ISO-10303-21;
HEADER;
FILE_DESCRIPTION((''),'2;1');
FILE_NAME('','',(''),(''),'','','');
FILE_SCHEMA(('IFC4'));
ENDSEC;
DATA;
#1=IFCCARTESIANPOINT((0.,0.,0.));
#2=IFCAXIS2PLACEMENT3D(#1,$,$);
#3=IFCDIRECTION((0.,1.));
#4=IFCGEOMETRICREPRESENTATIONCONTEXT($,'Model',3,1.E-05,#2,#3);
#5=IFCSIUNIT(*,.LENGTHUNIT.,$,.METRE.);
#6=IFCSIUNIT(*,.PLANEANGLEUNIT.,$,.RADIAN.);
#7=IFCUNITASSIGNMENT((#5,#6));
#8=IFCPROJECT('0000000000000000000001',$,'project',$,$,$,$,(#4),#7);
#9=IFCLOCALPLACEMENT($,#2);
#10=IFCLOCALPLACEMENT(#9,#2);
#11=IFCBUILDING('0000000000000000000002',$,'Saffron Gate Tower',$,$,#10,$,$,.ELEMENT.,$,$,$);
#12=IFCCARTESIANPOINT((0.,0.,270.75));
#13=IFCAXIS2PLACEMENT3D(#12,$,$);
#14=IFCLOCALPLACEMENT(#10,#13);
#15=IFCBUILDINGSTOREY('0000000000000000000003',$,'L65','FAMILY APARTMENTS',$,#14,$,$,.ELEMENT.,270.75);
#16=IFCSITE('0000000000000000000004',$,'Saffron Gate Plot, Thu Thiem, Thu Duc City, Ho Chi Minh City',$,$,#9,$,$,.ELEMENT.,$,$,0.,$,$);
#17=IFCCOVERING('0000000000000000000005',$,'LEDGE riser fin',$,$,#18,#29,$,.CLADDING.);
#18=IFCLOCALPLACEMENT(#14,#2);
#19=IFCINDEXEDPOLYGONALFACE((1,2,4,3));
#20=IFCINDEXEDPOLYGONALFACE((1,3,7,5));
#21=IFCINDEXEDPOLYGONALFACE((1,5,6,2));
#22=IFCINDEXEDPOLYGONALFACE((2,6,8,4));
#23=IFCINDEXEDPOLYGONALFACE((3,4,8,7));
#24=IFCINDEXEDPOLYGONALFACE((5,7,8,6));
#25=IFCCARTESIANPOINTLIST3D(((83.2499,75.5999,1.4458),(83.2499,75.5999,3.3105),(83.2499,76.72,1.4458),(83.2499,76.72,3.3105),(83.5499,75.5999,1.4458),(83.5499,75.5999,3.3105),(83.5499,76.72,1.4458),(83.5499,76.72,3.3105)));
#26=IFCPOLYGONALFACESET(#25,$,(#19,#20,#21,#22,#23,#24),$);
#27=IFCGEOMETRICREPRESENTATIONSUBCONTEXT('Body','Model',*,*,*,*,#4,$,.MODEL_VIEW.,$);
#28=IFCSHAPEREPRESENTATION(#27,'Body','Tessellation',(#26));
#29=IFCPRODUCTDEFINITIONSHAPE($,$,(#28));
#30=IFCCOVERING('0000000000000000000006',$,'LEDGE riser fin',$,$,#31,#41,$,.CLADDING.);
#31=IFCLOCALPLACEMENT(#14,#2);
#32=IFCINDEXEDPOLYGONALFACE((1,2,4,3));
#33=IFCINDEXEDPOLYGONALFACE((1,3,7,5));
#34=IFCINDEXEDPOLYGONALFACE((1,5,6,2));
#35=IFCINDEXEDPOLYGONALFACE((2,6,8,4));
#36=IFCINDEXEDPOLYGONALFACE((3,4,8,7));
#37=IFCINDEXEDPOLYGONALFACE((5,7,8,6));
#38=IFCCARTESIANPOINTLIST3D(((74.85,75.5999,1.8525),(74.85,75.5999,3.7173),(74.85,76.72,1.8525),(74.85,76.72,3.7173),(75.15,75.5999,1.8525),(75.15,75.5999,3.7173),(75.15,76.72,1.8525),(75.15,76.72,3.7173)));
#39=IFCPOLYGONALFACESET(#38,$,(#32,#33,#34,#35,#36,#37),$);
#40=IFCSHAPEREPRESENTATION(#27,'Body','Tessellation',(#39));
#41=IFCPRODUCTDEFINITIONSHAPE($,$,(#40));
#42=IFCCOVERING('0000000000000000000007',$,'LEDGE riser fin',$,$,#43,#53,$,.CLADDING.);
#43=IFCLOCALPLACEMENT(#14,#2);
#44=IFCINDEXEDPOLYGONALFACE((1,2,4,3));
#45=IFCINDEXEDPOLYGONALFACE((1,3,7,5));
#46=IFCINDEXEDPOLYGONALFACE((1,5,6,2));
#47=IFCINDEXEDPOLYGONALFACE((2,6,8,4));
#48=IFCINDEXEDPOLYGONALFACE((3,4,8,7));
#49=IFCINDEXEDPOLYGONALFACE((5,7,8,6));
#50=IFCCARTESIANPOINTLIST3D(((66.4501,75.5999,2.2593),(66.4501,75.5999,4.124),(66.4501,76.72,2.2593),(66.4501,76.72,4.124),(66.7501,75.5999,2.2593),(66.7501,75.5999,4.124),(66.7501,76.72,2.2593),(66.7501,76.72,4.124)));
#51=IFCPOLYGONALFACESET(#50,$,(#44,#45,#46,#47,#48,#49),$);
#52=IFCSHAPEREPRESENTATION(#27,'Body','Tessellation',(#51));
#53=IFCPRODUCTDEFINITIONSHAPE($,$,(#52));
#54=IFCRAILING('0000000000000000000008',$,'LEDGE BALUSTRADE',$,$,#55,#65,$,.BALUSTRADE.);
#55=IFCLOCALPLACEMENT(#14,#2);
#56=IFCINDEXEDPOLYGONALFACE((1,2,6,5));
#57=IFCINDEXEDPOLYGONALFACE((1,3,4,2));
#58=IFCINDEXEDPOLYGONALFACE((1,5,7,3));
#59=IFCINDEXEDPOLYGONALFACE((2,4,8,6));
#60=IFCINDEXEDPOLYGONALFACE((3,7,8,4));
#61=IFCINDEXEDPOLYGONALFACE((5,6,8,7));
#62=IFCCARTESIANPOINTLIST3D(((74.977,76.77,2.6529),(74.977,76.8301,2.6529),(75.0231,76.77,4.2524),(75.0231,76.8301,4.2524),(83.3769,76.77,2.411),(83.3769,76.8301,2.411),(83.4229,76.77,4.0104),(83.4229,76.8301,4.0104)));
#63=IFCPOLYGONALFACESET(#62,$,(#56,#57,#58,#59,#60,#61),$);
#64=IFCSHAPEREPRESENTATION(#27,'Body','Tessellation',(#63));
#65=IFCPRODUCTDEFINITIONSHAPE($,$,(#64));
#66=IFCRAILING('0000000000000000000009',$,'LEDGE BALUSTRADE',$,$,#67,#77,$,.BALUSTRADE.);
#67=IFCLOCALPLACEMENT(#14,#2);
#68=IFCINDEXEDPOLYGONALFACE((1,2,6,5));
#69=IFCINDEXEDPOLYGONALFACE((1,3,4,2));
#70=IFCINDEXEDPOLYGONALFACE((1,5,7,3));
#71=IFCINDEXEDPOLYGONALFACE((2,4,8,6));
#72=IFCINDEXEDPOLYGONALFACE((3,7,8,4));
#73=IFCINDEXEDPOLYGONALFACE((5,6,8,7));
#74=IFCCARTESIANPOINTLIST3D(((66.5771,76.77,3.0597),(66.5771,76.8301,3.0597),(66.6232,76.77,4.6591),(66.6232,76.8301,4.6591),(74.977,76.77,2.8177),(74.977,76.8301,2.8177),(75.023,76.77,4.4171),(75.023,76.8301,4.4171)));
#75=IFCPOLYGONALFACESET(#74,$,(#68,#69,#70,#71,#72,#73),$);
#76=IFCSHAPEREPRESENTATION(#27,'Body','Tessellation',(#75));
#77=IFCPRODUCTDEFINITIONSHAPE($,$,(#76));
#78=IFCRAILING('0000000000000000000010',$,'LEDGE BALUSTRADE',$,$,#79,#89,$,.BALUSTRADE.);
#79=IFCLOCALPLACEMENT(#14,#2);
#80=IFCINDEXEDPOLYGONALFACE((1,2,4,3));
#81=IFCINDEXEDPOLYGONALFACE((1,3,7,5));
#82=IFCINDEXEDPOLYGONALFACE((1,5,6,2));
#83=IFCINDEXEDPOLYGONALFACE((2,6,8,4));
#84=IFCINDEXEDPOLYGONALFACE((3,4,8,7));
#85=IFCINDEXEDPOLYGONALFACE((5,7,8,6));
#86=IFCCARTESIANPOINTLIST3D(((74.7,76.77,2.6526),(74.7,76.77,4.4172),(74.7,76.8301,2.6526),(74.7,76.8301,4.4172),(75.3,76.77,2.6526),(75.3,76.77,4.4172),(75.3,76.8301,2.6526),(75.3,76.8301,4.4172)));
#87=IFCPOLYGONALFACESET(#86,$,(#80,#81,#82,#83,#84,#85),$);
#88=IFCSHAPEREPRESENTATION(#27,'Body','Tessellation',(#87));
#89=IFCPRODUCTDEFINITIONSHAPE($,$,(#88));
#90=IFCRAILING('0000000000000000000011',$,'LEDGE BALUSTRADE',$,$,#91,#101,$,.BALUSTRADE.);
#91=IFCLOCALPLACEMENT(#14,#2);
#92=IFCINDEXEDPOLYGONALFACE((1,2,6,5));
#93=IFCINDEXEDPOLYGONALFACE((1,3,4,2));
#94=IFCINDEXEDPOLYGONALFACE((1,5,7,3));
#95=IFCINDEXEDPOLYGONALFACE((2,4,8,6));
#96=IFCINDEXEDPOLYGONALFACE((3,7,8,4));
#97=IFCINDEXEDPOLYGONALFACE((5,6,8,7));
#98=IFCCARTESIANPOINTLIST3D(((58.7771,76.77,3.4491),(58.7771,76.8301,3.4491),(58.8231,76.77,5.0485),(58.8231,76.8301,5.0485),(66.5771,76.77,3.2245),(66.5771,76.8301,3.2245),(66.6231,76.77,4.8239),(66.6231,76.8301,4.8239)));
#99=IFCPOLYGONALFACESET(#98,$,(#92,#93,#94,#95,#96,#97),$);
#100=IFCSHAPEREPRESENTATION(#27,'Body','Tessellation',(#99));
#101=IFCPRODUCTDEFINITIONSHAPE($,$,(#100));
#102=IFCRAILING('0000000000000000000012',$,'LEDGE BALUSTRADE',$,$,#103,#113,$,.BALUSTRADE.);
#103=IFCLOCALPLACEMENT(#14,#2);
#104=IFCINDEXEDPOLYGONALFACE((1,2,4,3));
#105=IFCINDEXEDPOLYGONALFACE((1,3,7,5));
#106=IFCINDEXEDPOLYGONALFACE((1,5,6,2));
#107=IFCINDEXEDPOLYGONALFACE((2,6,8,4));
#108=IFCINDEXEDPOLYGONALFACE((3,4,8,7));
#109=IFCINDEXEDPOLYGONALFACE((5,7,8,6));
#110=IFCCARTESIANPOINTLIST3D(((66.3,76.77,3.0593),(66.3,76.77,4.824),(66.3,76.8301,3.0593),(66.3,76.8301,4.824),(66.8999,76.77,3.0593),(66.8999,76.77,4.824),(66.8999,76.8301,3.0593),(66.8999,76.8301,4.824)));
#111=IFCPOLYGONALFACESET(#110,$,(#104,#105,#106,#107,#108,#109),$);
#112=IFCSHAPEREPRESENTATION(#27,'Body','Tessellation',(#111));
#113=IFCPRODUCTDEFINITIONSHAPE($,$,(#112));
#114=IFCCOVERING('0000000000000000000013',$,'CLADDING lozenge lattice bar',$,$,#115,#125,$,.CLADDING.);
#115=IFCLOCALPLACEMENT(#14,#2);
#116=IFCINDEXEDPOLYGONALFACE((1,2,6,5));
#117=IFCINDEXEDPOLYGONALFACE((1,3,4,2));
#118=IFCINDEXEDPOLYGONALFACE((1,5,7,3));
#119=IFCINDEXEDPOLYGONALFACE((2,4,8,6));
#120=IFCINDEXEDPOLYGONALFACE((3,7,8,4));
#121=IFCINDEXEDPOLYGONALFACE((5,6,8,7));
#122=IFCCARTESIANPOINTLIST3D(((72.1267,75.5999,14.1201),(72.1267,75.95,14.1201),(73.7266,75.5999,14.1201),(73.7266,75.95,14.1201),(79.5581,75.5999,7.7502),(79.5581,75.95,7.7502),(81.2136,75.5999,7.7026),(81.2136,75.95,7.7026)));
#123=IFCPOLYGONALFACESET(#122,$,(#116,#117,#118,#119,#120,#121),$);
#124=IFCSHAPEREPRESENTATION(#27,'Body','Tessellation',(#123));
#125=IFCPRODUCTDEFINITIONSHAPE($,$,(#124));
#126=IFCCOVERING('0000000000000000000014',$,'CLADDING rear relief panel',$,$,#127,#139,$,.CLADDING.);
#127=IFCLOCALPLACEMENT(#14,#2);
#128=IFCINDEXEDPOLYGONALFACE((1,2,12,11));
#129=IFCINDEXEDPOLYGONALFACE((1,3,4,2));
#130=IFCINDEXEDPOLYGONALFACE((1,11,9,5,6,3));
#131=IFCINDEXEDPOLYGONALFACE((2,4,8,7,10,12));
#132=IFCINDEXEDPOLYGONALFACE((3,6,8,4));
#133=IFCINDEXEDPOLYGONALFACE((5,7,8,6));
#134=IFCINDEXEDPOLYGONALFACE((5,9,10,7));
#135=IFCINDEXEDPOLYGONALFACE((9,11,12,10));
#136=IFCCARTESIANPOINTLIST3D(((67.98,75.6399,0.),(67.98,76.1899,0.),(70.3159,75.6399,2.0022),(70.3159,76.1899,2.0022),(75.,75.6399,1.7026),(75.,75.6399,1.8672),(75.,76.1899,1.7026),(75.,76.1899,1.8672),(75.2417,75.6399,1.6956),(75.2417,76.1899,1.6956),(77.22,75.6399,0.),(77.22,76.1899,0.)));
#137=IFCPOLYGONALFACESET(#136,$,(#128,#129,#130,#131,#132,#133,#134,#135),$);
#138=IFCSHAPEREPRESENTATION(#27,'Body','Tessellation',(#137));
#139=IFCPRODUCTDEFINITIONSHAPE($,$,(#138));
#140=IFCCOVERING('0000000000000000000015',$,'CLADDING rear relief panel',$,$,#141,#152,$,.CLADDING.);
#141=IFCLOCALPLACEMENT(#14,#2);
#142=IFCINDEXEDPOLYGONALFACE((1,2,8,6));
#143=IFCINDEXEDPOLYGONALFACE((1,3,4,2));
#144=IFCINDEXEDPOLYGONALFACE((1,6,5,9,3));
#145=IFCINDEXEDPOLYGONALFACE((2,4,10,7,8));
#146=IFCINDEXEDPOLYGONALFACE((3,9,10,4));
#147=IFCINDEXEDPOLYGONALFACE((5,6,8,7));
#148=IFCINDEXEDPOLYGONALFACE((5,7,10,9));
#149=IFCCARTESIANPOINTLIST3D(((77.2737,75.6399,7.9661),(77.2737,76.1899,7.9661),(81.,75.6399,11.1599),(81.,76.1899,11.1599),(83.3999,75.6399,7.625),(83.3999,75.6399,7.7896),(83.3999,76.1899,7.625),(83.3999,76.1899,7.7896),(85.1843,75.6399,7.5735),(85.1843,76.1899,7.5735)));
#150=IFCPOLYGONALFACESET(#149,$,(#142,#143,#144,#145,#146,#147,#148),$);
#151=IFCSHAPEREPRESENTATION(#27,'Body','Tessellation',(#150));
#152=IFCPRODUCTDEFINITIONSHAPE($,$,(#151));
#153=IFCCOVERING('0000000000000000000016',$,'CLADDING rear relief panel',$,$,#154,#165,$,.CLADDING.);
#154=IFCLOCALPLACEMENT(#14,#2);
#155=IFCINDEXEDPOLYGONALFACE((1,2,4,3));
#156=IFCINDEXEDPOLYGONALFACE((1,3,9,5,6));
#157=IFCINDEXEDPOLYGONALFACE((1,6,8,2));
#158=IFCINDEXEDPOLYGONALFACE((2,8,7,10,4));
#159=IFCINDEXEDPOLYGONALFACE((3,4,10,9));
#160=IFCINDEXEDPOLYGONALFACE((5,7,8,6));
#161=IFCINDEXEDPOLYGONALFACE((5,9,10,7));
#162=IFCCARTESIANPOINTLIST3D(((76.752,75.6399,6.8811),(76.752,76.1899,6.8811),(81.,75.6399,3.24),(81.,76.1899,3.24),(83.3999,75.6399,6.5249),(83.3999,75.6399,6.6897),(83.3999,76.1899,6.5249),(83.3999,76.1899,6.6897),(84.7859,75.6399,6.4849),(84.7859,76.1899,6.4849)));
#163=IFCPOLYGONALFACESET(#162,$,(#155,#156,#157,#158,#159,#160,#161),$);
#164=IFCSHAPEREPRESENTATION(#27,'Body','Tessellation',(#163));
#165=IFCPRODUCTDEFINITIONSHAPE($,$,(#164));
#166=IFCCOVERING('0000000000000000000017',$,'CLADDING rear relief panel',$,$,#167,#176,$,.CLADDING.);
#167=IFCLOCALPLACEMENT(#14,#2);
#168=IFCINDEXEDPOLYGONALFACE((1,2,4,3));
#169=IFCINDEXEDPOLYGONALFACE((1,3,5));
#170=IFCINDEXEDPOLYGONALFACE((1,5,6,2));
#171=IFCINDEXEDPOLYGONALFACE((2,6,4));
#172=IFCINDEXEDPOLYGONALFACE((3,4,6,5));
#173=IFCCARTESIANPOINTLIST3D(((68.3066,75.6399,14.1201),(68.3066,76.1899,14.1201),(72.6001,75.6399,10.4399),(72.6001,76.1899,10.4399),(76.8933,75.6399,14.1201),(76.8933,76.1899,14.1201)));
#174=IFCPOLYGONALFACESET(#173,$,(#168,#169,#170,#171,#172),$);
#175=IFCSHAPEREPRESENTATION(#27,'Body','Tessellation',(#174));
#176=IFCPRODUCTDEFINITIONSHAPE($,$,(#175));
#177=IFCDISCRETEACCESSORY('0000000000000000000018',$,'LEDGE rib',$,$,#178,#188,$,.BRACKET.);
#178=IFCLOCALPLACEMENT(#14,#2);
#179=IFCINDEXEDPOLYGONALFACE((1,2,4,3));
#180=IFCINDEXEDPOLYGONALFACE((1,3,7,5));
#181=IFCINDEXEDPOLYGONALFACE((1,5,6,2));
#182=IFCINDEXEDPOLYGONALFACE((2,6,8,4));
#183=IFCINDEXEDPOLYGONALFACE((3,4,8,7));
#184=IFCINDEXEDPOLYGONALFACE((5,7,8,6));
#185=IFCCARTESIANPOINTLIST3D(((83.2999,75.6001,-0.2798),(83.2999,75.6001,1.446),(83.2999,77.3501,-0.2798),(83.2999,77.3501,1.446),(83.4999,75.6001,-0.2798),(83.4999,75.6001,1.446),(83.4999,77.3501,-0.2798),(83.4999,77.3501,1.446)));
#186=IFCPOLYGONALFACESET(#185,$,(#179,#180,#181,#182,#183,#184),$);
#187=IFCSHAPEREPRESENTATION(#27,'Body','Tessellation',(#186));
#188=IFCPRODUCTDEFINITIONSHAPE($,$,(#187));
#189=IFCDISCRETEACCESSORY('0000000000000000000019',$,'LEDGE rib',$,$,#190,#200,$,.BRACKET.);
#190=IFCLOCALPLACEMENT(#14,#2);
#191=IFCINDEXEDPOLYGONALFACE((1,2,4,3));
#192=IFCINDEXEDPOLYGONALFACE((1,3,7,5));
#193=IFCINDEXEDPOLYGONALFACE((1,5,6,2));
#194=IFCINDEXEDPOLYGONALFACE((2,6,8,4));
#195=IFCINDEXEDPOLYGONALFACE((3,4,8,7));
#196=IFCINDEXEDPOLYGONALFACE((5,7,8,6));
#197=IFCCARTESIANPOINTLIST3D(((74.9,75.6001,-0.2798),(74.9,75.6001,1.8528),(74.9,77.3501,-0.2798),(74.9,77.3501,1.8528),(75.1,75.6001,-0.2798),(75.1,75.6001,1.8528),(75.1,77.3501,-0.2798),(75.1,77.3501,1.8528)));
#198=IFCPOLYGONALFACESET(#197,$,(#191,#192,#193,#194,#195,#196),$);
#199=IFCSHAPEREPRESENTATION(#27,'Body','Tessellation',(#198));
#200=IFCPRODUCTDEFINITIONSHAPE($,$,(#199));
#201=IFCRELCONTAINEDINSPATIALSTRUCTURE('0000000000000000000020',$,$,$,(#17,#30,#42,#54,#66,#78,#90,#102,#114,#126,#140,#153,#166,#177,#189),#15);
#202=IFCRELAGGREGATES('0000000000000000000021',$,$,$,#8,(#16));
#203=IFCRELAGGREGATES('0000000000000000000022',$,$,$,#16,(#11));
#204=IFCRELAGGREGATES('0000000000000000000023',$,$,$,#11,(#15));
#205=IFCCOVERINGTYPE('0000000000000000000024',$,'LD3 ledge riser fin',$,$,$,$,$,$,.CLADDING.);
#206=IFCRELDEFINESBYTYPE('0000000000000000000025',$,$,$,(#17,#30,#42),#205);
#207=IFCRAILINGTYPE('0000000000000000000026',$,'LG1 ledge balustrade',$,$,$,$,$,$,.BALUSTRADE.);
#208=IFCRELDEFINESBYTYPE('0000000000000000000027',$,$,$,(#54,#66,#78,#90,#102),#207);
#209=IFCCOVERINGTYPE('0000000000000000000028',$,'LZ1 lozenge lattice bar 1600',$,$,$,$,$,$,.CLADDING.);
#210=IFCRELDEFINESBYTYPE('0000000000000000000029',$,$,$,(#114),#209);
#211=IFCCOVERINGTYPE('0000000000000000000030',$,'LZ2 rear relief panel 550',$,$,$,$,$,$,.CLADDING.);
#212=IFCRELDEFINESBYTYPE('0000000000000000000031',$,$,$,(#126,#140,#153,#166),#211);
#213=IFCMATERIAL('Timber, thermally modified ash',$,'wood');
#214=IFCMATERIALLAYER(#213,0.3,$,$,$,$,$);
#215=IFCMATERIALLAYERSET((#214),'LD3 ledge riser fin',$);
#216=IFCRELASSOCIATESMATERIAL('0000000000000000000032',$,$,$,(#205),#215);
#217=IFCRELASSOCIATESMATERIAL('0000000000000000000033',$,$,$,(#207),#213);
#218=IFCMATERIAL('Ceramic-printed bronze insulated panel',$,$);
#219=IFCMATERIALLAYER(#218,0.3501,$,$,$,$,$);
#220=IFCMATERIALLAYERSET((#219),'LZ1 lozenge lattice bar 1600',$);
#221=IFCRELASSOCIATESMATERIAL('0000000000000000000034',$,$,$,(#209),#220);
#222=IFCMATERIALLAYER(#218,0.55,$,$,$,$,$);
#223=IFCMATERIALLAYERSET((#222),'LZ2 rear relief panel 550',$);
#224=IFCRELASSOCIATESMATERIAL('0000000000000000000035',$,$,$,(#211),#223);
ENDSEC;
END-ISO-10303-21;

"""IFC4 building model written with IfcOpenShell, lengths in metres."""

from ifc_helpers import new_model, si_unit, direction, frame, origin, origin_2d, place, context, subcontext, project, spatial, polyline, rectangle, outline, extrude, material, layer, layer_set, type_object, element, save


model = new_model("IFC4")

# Units and contexts
model_context = context("Model", 3, precision=1e-05, world=origin(), true_north=direction((0.0, 1.0)))
body_context = subcontext(model_context, "Body", "Model", "MODEL_VIEW")
ifc_project = project(units=[si_unit("LENGTHUNIT", "METRE"), si_unit("PLANEANGLEUNIT", "RADIAN")], contexts=[model_context])

# Site, building, storey
site_placement = place(None, origin())
site = spatial("IfcSite", under=ifc_project, at=site_placement, Name="Saffron Gate Plot, Thu Thiem, Thu Duc City, Ho Chi Minh City", CompositionType="ELEMENT", RefElevation=0.0)
building_placement = place(site_placement, origin())
building = spatial("IfcBuilding", under=site, at=building_placement, Name="Saffron Gate Tower", CompositionType="ELEMENT")
storey_placement = place(building_placement, frame((0.0, 0.0, 270.75)))
storey = spatial("IfcBuildingStorey", under=building, at=storey_placement, Name="L65", Description="FAMILY APARTMENTS", CompositionType="ELEMENT", Elevation=270.75)

# Coverings
ifc_material_1 = material(Name="Timber, thermally modified ash", Category="wood")
ifc_layer_1 = layer(ifc_material_1, 0.3)
ifc_layer_set_1 = layer_set([ifc_layer_1], Name="LD3 ledge riser fin")
covering_type_1 = type_object("IfcCoveringType", Name="LD3 ledge riser fin", PredefinedType="CLADDING", material=ifc_layer_set_1)
for number, where, z_axis, x_axis, name in (
    (1, (83.3999, 76.1599, 1.4458), (0.0, 0.0, 1.0), (-1.0, 0.0, 0.0), "LEDGE riser fin"),
    (2, (75.0, 76.1599, 1.8525), (0.0, 0.0, 1.0), (-1.0, 0.0, 0.0), "LEDGE riser fin"),
    (3, (66.6001, 76.1599, 2.2593), (0.0, 0.0, 1.0), (-1.0, 0.0, 0.0), "LEDGE riser fin"),
):
    element("IfcCovering", number, at=place(storey_placement, frame(where, z_axis=z_axis, x_axis=x_axis)), inside=storey, type_object=covering_type_1, Name=name, PredefinedType="CLADDING", context=body_context, shape_type="SweptSolid", body=[
        extrude(rectangle(XDim=0.3, YDim=1.1201, at=origin_2d()), origin(), (0.0, 0.0, 1.0), 1.8647),
    ])

# Railings
railing_type = type_object("IfcRailingType", Name="LG1 ledge balustrade", PredefinedType="BALUSTRADE", material=ifc_material_1)
for number, where, name in (
    (4, (83.3999, 76.8, 2.4106), "LEDGE BALUSTRADE"),
    (5, (75.0, 76.8, 2.8174), "LEDGE BALUSTRADE"),
):
    element("IfcRailing", number, at=place(storey_placement, frame(where)), inside=storey, type_object=railing_type, Name=name, PredefinedType="BALUSTRADE", context=body_context, shape_type="SweptSolid", body=[
        extrude(rectangle(XDim=0.0601, YDim=1.6001, at=origin_2d()), frame((0.0, 0.0, 0.8), z_axis=(-0.999585, 0.0, 0.028791), x_axis=(0.0, -1.0, 0.0)), (0.0, 0.0, 1.0), 8.4033),
    ])
railing_1_placement = place(storey_placement, frame((75.3, 76.8, 2.6526)))
element("IfcRailing", 6, at=railing_1_placement, inside=storey, type_object=railing_type, Name="LEDGE BALUSTRADE", PredefinedType="BALUSTRADE", context=body_context, shape_type="SweptSolid", body=[
    extrude(rectangle(XDim=0.0601, YDim=1.7646, at=origin_2d()), frame((0.0, 0.0, 0.8823), z_axis=(-1.0, 0.0, 0.0), x_axis=(0.0, -1.0, 0.0)), (0.0, 0.0, 1.0), 0.6001),
])
railing_2_placement = place(storey_placement, frame((66.6001, 76.8, 3.2241)))
element("IfcRailing", 7, at=railing_2_placement, inside=storey, type_object=railing_type, Name="LEDGE BALUSTRADE", PredefinedType="BALUSTRADE", context=body_context, shape_type="SweptSolid", body=[
    extrude(rectangle(XDim=0.0601, YDim=1.6001, at=origin_2d()), frame((0.0, 0.0, 0.8), z_axis=(-0.999586, 0.0, 0.028784), x_axis=(0.0, -1.0, 0.0)), (0.0, 0.0, 1.0), 7.8032),
])
railing_3_placement = place(storey_placement, frame((66.8999, 76.8, 3.0593)))
element("IfcRailing", 8, at=railing_3_placement, inside=storey, type_object=railing_type, Name="LEDGE BALUSTRADE", PredefinedType="BALUSTRADE", context=body_context, shape_type="SweptSolid", body=[
    extrude(rectangle(XDim=0.0601, YDim=1.7646, at=origin_2d()), frame((0.0, 0.0, 0.8823), z_axis=(-1.0, 0.0, 0.0), x_axis=(0.0, -1.0, 0.0)), (0.0, 0.0, 1.0), 0.5999),
])

# Coverings
ifc_material_2 = material(Name="Ceramic-printed bronze insulated panel")
ifc_layer_2 = layer(ifc_material_2, 0.3501)
ifc_layer_set_2 = layer_set([ifc_layer_2], Name="LZ1 lozenge lattice bar 1600")
covering_type_2 = type_object("IfcCoveringType", Name="LZ1 lozenge lattice bar 1600", PredefinedType="CLADDING", material=ifc_layer_set_2)
covering_1_placement = place(storey_placement, frame((81.2136, 75.95, 7.7026), z_axis=(0.0, 1.0, 0.0), x_axis=(-0.999587, 0.0, 0.028745)))
element("IfcCovering", 9, at=covering_1_placement, inside=storey, type_object=covering_type_2, Name="CLADDING lozenge lattice bar", PredefinedType="CLADDING", context=body_context, shape_type="SweptSolid", body=[
    extrude(outline(polyline([(0.0, 0.0), (1.6562, 0.0), (9.2676, 6.1536), (7.6684, 6.1996), (0.0, 0.0)])), origin(), (0.0, 0.0, -1.0), 0.3501),
])
ifc_layer_3 = layer(ifc_material_2, 0.55)
ifc_layer_set_3 = layer_set([ifc_layer_3], Name="LZ2 rear relief panel 550")
covering_type_3 = type_object("IfcCoveringType", Name="LZ2 rear relief panel 550", PredefinedType="CLADDING", material=ifc_layer_set_3)
covering_2_placement = place(storey_placement, frame((70.3159, 76.1899, 2.0022), z_axis=(0.0, 1.0, 0.0), x_axis=(0.999585, 0.0, -0.028811)))
element("IfcCovering", 10, at=covering_2_placement, inside=storey, type_object=covering_type_3, Name="CLADDING rear relief panel", PredefinedType="CLADDING", context=body_context, shape_type="SweptSolid", body=[
    extrude(outline(polyline([(0.0, 0.0), (4.686, 0.0), (4.6908, 0.1645), (4.9326, 0.1646), (6.9589, 1.8025), (-2.2773, 2.0687), (0.0, 0.0)])), origin(), (0.0, 0.0, -1.0), 0.55),
])
covering_3_placement = place(storey_placement, frame((81.0, 76.1899, 11.1599), z_axis=(0.0, 1.0, 0.0), x_axis=(0.759269, 0.0, -0.650777)))
element("IfcCovering", 11, at=covering_3_placement, inside=storey, type_object=covering_type_3, Name="CLADDING rear relief panel", PredefinedType="CLADDING", context=body_context, shape_type="SweptSolid", body=[
    extrude(outline(polyline([(0.0, 0.0), (5.511, 0.0), (4.1226, 1.1221), (4.0155, 0.9972), (-0.7508, 4.85), (0.0, 0.0)])), origin(), (0.0, 0.0, -1.0), 0.55),
])
covering_4_placement = place(storey_placement, frame((76.752, 76.1899, 6.8811), z_axis=(0.0, 1.0, 0.0), x_axis=(0.999586, 0.0, -0.02878)))
element("IfcCovering", 12, at=covering_4_placement, inside=storey, type_object=covering_type_3, Name="CLADDING rear relief panel", PredefinedType="CLADDING", context=body_context, shape_type="SweptSolid", body=[
    extrude(outline(polyline([(0.0, 0.0), (6.6507, 0.0), (6.6554, 0.1647), (8.042, 0.1649), (4.3511, 3.5173), (0.0, 0.0)])), origin(), (0.0, 0.0, -1.0), 0.55),
])
covering_5_placement = place(storey_placement, frame((72.6001, 76.1899, 10.4399), z_axis=(0.0, 1.0, 0.0), x_axis=(-0.759251, 0.0, 0.650798)))
element("IfcCovering", 13, at=covering_5_placement, inside=storey, type_object=covering_type_3, Name="CLADDING rear relief panel", PredefinedType="CLADDING", context=body_context, shape_type="SweptSolid", body=[
    extrude(outline(polyline([(0.0, 0.0), (5.6549, 0.0), (-0.8646, 5.5882), (0.0, 0.0)])), origin(), (0.0, 0.0, -1.0), 0.55),
])

# Discrete accessories
discrete_accessory_1_placement = place(storey_placement, frame((83.3999, 76.4751, -0.2798), z_axis=(0.0, 0.0, 1.0), x_axis=(-1.0, 0.0, 0.0)))
element("IfcDiscreteAccessory", 14, at=discrete_accessory_1_placement, inside=storey, Name="LEDGE rib", PredefinedType="BRACKET", context=body_context, shape_type="SweptSolid", body=[
    extrude(rectangle(XDim=0.2, YDim=1.75, at=origin_2d()), origin(), (0.0, 0.0, 1.0), 1.7258),
])
discrete_accessory_2_placement = place(storey_placement, frame((75.0, 76.4751, -0.2798), z_axis=(0.0, 0.0, 1.0), x_axis=(-1.0, 0.0, 0.0)))
element("IfcDiscreteAccessory", 15, at=discrete_accessory_2_placement, inside=storey, Name="LEDGE rib", PredefinedType="BRACKET", context=body_context, shape_type="SweptSolid", body=[
    extrude(rectangle(XDim=0.2, YDim=1.75, at=origin_2d()), origin(), (0.0, 0.0, 1.0), 2.1326),
])

save(model, "model.ifc")
